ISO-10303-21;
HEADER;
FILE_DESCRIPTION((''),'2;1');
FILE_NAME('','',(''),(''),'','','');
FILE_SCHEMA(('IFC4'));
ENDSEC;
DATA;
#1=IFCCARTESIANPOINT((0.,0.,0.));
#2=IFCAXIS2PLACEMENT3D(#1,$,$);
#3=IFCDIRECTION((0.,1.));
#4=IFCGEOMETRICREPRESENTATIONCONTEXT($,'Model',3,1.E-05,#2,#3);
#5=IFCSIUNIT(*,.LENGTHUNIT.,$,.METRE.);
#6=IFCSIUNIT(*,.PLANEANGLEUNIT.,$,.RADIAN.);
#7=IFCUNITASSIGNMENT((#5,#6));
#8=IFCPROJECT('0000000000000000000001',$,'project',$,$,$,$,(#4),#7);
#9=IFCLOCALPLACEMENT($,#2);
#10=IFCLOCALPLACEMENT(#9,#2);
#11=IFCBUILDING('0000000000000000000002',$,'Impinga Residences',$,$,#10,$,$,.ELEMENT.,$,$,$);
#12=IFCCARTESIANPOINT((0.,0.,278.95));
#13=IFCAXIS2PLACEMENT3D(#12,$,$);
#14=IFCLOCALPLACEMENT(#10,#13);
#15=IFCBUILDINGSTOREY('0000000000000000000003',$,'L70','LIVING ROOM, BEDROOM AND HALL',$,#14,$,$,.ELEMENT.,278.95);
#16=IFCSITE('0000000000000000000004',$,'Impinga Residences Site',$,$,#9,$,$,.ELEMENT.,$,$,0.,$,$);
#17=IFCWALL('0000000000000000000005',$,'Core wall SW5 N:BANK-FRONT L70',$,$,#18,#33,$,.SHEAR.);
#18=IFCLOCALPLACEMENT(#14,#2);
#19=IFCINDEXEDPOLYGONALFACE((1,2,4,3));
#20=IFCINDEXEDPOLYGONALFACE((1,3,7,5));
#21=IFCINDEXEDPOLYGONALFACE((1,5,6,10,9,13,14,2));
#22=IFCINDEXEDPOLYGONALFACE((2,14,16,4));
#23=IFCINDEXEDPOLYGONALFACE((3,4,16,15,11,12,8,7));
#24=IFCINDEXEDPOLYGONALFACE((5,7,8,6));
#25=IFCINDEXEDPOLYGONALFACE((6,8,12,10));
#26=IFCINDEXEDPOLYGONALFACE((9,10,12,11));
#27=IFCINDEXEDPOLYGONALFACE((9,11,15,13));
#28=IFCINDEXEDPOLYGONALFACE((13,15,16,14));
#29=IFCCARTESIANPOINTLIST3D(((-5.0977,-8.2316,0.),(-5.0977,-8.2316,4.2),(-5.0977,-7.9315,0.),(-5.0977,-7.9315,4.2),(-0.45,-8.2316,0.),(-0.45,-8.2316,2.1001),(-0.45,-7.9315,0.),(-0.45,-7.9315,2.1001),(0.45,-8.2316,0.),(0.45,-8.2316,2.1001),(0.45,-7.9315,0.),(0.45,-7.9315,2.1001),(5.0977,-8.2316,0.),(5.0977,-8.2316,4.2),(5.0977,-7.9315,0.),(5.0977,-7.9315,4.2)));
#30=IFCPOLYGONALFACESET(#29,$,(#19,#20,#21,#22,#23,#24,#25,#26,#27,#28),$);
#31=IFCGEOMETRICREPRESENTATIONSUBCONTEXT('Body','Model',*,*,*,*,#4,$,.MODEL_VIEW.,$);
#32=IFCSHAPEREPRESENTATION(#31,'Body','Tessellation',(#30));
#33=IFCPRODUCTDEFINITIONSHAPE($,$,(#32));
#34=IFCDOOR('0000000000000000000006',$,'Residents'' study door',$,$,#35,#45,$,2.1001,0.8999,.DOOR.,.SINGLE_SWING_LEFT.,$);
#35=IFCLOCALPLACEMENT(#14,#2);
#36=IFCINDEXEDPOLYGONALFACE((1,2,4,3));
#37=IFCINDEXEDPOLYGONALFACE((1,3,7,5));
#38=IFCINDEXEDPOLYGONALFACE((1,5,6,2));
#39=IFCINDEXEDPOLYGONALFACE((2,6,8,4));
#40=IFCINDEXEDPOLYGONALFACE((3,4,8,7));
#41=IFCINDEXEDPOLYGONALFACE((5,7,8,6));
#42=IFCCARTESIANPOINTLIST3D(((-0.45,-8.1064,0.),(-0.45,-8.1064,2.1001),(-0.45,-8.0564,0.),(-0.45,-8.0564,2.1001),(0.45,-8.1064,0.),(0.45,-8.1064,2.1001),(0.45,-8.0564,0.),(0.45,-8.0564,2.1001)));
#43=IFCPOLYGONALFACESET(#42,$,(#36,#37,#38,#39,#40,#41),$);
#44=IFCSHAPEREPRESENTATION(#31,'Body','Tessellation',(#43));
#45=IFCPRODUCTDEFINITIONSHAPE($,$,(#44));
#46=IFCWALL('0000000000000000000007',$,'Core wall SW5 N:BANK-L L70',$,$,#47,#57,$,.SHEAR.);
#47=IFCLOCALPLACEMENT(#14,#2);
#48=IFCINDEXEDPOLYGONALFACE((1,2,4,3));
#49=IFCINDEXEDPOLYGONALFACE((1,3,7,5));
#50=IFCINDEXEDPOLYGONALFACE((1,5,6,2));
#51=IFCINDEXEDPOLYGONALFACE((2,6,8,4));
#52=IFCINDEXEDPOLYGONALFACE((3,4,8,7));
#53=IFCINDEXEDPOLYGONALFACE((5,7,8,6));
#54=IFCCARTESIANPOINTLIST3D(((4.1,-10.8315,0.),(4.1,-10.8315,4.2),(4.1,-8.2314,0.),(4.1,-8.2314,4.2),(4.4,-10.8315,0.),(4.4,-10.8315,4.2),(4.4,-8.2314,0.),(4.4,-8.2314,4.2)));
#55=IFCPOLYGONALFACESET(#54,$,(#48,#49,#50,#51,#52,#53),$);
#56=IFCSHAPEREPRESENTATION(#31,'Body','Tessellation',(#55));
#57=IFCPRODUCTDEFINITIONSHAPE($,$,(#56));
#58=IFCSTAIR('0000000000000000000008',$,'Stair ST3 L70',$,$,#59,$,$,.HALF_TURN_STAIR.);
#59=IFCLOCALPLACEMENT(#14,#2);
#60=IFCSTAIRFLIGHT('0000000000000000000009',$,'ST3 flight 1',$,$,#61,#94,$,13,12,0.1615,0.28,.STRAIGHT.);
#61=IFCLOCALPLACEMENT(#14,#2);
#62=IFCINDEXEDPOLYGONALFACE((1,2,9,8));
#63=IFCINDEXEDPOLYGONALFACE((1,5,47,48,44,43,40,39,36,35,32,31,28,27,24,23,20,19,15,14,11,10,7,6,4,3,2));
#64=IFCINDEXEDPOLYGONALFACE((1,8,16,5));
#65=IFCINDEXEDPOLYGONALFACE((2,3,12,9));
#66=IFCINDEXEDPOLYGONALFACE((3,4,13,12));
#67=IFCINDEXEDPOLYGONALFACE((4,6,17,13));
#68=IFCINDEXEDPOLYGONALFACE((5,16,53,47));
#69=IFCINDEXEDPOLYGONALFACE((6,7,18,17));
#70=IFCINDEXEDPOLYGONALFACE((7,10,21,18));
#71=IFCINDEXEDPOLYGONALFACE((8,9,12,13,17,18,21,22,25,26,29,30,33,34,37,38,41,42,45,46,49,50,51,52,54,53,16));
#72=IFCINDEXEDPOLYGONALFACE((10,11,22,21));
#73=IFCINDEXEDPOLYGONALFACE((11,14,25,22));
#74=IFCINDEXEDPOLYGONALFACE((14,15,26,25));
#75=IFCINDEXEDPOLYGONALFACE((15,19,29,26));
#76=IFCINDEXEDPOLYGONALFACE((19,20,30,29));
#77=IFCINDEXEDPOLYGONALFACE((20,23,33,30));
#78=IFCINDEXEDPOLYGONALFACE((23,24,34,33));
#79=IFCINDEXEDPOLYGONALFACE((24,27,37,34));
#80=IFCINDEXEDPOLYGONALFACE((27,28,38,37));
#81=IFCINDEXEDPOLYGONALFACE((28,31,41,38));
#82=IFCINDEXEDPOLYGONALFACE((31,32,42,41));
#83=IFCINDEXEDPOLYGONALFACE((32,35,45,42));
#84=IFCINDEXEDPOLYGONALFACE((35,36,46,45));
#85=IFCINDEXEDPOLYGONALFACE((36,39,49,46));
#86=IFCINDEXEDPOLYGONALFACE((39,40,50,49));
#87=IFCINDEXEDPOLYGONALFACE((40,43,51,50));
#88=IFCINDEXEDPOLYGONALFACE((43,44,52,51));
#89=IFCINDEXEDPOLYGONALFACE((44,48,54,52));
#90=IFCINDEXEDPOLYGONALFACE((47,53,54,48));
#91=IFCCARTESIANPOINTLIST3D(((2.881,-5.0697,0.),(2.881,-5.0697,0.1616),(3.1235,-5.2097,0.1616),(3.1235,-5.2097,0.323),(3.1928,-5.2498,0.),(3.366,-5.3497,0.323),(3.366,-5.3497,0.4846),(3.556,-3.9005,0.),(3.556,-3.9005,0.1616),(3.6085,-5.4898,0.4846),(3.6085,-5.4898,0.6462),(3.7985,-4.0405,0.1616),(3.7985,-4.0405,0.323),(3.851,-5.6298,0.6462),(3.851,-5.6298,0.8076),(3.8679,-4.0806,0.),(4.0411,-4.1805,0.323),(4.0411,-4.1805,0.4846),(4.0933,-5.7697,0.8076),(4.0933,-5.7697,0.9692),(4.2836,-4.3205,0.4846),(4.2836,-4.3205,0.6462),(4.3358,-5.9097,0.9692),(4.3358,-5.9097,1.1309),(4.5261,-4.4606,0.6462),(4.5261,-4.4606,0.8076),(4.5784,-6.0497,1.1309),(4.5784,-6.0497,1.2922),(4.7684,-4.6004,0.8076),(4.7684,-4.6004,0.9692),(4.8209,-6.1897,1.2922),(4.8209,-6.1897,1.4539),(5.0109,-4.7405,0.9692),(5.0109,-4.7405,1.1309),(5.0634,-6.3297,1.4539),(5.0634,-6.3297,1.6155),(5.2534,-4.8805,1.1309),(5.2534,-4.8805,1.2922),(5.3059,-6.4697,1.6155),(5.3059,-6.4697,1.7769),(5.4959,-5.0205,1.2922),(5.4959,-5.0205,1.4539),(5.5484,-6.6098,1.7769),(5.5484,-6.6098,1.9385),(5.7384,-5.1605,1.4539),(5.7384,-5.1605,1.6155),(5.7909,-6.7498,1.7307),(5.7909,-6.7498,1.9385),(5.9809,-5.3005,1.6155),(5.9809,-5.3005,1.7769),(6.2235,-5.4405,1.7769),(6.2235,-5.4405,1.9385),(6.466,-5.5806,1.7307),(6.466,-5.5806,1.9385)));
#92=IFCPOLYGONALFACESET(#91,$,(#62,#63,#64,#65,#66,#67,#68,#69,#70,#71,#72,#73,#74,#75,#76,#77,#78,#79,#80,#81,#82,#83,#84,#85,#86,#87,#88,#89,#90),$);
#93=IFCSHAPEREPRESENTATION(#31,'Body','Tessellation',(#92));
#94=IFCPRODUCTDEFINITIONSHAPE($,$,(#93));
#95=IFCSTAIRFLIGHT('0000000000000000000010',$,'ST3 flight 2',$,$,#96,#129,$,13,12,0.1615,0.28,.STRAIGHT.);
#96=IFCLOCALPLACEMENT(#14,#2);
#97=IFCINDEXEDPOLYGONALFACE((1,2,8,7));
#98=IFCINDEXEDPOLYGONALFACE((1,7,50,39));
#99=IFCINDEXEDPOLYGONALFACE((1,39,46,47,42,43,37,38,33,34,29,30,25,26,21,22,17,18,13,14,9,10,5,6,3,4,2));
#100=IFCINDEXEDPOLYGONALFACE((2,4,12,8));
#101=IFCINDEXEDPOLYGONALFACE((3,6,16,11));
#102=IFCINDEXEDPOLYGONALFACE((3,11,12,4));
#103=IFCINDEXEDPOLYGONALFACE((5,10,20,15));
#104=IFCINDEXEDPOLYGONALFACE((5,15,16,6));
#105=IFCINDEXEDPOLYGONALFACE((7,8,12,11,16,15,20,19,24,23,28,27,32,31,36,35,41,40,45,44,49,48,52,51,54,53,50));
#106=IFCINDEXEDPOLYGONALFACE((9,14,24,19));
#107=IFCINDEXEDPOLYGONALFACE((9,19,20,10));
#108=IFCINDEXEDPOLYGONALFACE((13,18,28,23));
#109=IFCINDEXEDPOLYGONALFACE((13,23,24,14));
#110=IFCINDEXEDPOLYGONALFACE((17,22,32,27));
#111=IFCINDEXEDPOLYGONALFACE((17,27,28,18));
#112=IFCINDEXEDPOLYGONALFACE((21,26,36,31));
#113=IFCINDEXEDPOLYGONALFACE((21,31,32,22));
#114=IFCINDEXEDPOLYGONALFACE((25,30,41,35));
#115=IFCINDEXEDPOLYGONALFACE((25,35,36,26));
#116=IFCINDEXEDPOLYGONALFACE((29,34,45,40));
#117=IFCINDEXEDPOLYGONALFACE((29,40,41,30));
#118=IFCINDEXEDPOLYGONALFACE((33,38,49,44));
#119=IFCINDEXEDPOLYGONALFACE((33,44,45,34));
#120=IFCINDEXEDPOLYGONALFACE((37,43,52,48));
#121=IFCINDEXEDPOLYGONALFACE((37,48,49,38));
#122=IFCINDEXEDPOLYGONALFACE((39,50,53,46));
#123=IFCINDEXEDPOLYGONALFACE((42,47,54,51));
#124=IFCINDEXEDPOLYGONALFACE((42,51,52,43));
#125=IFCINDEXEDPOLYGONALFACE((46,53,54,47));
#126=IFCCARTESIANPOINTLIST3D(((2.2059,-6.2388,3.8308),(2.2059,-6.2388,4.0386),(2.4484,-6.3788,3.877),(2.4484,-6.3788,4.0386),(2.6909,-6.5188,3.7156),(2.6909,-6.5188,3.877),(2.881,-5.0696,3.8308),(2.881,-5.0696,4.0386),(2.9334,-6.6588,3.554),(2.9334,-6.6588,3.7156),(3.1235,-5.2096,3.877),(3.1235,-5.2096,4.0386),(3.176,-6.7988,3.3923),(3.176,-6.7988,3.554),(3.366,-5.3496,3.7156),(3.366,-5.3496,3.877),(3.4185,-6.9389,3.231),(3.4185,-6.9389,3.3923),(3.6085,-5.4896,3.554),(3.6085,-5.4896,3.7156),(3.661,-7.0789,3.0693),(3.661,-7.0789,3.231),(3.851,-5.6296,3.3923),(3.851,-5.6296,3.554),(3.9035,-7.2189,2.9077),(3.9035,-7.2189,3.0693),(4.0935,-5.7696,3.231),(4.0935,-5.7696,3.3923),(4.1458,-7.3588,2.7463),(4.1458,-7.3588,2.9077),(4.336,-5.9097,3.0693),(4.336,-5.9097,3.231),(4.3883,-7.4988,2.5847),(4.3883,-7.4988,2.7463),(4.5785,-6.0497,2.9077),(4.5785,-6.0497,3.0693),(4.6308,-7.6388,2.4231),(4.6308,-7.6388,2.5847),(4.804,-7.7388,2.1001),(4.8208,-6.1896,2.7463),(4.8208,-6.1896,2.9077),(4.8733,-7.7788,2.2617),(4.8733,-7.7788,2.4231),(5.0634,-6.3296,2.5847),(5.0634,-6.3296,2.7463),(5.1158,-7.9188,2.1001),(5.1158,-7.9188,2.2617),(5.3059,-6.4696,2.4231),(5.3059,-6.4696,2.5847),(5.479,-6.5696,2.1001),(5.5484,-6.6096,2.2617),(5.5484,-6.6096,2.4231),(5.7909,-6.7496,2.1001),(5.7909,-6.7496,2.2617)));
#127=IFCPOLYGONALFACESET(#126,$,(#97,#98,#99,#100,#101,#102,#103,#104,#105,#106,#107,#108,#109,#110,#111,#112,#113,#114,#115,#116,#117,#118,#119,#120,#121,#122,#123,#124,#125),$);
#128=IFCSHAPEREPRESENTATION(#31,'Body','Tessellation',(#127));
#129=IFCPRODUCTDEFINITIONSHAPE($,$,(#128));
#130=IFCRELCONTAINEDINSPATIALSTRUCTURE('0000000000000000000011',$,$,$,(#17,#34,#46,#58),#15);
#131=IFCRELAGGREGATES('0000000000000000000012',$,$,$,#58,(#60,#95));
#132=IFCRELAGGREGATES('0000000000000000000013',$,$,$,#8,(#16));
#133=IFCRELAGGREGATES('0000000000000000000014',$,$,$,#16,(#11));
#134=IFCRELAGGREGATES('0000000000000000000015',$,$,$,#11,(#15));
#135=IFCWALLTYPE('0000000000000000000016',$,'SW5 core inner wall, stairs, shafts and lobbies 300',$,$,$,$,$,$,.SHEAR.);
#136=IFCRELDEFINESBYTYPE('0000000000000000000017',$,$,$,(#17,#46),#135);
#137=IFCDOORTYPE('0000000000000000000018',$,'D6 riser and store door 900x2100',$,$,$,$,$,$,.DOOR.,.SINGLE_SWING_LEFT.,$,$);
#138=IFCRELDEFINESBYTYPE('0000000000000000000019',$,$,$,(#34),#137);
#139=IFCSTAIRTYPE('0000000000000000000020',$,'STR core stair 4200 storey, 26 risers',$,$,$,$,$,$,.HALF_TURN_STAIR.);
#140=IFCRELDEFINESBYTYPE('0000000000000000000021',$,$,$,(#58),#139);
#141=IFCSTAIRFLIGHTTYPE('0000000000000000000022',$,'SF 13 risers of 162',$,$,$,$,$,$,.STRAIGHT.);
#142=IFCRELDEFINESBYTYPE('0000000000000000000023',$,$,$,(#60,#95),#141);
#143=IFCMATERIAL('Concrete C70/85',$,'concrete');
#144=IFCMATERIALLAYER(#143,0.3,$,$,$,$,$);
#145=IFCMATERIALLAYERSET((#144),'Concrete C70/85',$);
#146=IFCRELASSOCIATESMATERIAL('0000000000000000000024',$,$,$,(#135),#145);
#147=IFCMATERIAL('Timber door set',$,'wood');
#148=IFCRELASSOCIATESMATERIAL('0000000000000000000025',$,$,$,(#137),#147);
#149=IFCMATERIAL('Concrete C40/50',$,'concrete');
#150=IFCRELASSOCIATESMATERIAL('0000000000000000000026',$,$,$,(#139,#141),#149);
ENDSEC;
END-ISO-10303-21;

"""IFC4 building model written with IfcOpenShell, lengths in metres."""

from ifc_helpers import new_model, si_unit, direction, frame, frame_2d, origin, place, context, subcontext, project, spatial, polyline, rectangle, outline, extrude, material, layer, layer_set, type_object, element, fill, aggregate, save


model = new_model("IFC4")

# Units and contexts
model_context = context("Model", 3, precision=1e-05, world=origin(), true_north=direction((0.0, 1.0)))
body_context = subcontext(model_context, "Body", "Model", "MODEL_VIEW")
ifc_project = project(units=[si_unit("LENGTHUNIT", "METRE"), si_unit("PLANEANGLEUNIT", "RADIAN")], contexts=[model_context])

# Site, building, storey
site_placement = place(None, origin())
site = spatial("IfcSite", under=ifc_project, at=site_placement, Name="Impinga Residences Site", CompositionType="ELEMENT", RefElevation=0.0)
building_placement = place(site_placement, origin())
building = spatial("IfcBuilding", under=site, at=building_placement, Name="Impinga Residences", CompositionType="ELEMENT")
storey_placement = place(building_placement, frame((0.0, 0.0, 278.95)))
storey = spatial("IfcBuildingStorey", under=building, at=storey_placement, Name="L70", Description="LIVING ROOM, BEDROOM AND HALL", CompositionType="ELEMENT", Elevation=278.95)

# Shared definitions
ifc_material_1 = material(Name="Timber door set", Category="wood")

# Shared definitions
ifc_material_2 = material(Name="Concrete C70/85", Category="concrete")
ifc_layer_1 = layer(ifc_material_2, 0.3)
ifc_layer_set_1 = layer_set([ifc_layer_1], Name="Concrete C70/85")
wall_type_1 = type_object("IfcWallType", Name="SW5 core inner wall, stairs, shafts and lobbies 300", PredefinedType="SHEAR", material=ifc_layer_set_1)

# Wall, opening, door
wall_1_placement = place(storey_placement, frame((5.0977, -8.0815, 0.0), z_axis=(0.0, 0.0, 1.0), x_axis=(-1.0, 0.0, 0.0)))
wall_1 = element("IfcWall", 1, at=wall_1_placement, inside=storey, type_object=wall_type_1, Name="Core wall SW5 N:BANK-FRONT L70", PredefinedType="SHEAR", context=body_context, shape_type="SweptSolid", body=[
    extrude(rectangle(XDim=10.1953, YDim=0.3, at=frame_2d((5.0977, 0.0))), origin(), (0.0, 0.0, 1.0), 4.2),
])
opening_1_placement = place(wall_1_placement, frame((4.6477, 0.0, 0.0)))
opening_1 = element("IfcOpeningElement", 2, at=opening_1_placement, cuts=wall_1, PredefinedType="OPENING", context=body_context, shape_type="SweptSolid", body=[
    extrude(rectangle(XDim=0.8999, YDim=2.1001, at=frame_2d((0.45, 1.05))), frame((0.0, 0.1599, 0.0), z_axis=(0.0, -1.0, 0.0), x_axis=(1.0, 0.0, 0.0)), (0.0, 0.0, 1.0), 0.3201),
])
door_type_1 = type_object("IfcDoorType", Name="D6 riser and store door 900x2100", OperationType="SINGLE_SWING_LEFT", PredefinedType="DOOR", material=ifc_material_1)
door_1_placement = place(opening_1_placement, origin())
door_1 = element("IfcDoor", 3, at=door_1_placement, inside=storey, type_object=door_type_1, Name="Residents' study door", OperationType="SINGLE_SWING_LEFT", OverallHeight=2.1001, OverallWidth=0.8999, PredefinedType="DOOR", context=body_context, shape_type="SweptSolid", body=[
    extrude(rectangle(XDim=0.8999, YDim=2.1001, at=frame_2d((0.45, 1.05))), frame((0.0, 0.0249, 0.0), z_axis=(0.0, -1.0, 0.0), x_axis=(1.0, 0.0, 0.0)), (0.0, 0.0, 1.0), 0.05),
])
fill(opening_1, door_1)

# Wall
wall_2_placement = place(storey_placement, frame((4.25, -8.2314, 0.0), z_axis=(0.0, 0.0, 1.0), x_axis=(0.0, -1.0, 0.0)))
element("IfcWall", 4, at=wall_2_placement, inside=storey, type_object=wall_type_1, Name="Core wall SW5 N:BANK-L L70", PredefinedType="SHEAR", context=body_context, shape_type="SweptSolid", body=[
    extrude(rectangle(XDim=2.6001, YDim=0.3, at=frame_2d((1.3, 0.0))), origin(), (0.0, 0.0, 1.0), 4.2),
])

# Stair, stair flights
ifc_material_3 = material(Name="Concrete C40/50", Category="concrete")
stair_type = type_object("IfcStairType", Name="STR core stair 4200 storey, 26 risers", PredefinedType="HALF_TURN_STAIR", material=ifc_material_3)
stair_placement = place(storey_placement, origin())
stair = element("IfcStair", 5, at=stair_placement, inside=storey, type_object=stair_type, Name="Stair ST3 L70", PredefinedType="HALF_TURN_STAIR")
stair_flight_type = type_object("IfcStairFlightType", Name="SF 13 risers of 162", PredefinedType="STRAIGHT", material=ifc_material_3)
stair_flight_1_placement = place(storey_placement, frame((3.2185, -4.4851, 0.0), z_axis=(0.0, 0.0, 1.0), x_axis=(0.866025, -0.5, 0.0)))
stair_flight_1 = element("IfcStairFlight", 6, at=stair_flight_1_placement, type_object=stair_flight_type, Name="ST3 flight 1", NumberOfRisers=13, NumberOfTreads=12, PredefinedType="STRAIGHT", RiserHeight=0.1615, TreadLength=0.28, context=body_context, shape_type="SweptSolid", body=[
    extrude(outline(polyline([(0.0, 0.0), (0.0, 0.1616), (0.28, 0.1616), (0.28, 0.323), (0.5601, 0.323), (0.5601, 0.4846), (0.8401, 0.4846), (0.8401, 0.6462), (1.1201, 0.6462), (1.1201, 0.8076), (1.3999, 0.8076), (1.3999, 0.9692), (1.6799, 0.9692), (1.6799, 1.1309), (1.96, 1.1309), (1.96, 1.2922), (2.24, 1.2922), (2.24, 1.4539), (2.52, 1.4539), (2.52, 1.6155), (2.8, 1.6155), (2.8, 1.7769), (3.0801, 1.7769), (3.0801, 1.9385), (3.3601, 1.9385), (3.3601, 2.1001), (3.3601, 1.7307), (0.3601, 0.0), (0.0, 0.0)])), frame((0.0, 0.675, 0.0), z_axis=(0.0, -1.0, 0.0), x_axis=(1.0, 0.0, 0.0)), (0.0, 0.0, 1.0), 1.3501),
])
stair_flight_2_placement = place(storey_placement, frame((5.4534, -7.3342, 2.1001), z_axis=(0.0, 0.0, 1.0), x_axis=(-0.866025, 0.5, 0.0)))
stair_flight_2 = element("IfcStairFlight", 7, at=stair_flight_2_placement, type_object=stair_flight_type, Name="ST3 flight 2", NumberOfRisers=13, NumberOfTreads=12, PredefinedType="STRAIGHT", RiserHeight=0.1615, TreadLength=0.28, context=body_context, shape_type="SweptSolid", body=[
    extrude(outline(polyline([(0.0, 0.0), (0.0, 0.1616), (0.28, 0.1616), (0.28, 0.323), (0.5601, 0.323), (0.5601, 0.4846), (0.8401, 0.4846), (0.8401, 0.6462), (1.1201, 0.6462), (1.1201, 0.8076), (1.3999, 0.8076), (1.3999, 0.9692), (1.6799, 0.9692), (1.6799, 1.1309), (1.96, 1.1309), (1.96, 1.2922), (2.24, 1.2922), (2.24, 1.4539), (2.52, 1.4539), (2.52, 1.6155), (2.8, 1.6155), (2.8, 1.7769), (3.0801, 1.7769), (3.0801, 1.9385), (3.3601, 1.9385), (3.3601, 2.1001), (3.3601, 1.7307), (0.3601, 0.0), (0.0, 0.0)])), frame((0.0, 0.675, 0.0), z_axis=(0.0, -1.0, 0.0), x_axis=(1.0, 0.0, 0.0)), (0.0, 0.0, 1.0), 1.3501),
])
aggregate(stair, [stair_flight_1, stair_flight_2])

save(model, "model.ifc")
